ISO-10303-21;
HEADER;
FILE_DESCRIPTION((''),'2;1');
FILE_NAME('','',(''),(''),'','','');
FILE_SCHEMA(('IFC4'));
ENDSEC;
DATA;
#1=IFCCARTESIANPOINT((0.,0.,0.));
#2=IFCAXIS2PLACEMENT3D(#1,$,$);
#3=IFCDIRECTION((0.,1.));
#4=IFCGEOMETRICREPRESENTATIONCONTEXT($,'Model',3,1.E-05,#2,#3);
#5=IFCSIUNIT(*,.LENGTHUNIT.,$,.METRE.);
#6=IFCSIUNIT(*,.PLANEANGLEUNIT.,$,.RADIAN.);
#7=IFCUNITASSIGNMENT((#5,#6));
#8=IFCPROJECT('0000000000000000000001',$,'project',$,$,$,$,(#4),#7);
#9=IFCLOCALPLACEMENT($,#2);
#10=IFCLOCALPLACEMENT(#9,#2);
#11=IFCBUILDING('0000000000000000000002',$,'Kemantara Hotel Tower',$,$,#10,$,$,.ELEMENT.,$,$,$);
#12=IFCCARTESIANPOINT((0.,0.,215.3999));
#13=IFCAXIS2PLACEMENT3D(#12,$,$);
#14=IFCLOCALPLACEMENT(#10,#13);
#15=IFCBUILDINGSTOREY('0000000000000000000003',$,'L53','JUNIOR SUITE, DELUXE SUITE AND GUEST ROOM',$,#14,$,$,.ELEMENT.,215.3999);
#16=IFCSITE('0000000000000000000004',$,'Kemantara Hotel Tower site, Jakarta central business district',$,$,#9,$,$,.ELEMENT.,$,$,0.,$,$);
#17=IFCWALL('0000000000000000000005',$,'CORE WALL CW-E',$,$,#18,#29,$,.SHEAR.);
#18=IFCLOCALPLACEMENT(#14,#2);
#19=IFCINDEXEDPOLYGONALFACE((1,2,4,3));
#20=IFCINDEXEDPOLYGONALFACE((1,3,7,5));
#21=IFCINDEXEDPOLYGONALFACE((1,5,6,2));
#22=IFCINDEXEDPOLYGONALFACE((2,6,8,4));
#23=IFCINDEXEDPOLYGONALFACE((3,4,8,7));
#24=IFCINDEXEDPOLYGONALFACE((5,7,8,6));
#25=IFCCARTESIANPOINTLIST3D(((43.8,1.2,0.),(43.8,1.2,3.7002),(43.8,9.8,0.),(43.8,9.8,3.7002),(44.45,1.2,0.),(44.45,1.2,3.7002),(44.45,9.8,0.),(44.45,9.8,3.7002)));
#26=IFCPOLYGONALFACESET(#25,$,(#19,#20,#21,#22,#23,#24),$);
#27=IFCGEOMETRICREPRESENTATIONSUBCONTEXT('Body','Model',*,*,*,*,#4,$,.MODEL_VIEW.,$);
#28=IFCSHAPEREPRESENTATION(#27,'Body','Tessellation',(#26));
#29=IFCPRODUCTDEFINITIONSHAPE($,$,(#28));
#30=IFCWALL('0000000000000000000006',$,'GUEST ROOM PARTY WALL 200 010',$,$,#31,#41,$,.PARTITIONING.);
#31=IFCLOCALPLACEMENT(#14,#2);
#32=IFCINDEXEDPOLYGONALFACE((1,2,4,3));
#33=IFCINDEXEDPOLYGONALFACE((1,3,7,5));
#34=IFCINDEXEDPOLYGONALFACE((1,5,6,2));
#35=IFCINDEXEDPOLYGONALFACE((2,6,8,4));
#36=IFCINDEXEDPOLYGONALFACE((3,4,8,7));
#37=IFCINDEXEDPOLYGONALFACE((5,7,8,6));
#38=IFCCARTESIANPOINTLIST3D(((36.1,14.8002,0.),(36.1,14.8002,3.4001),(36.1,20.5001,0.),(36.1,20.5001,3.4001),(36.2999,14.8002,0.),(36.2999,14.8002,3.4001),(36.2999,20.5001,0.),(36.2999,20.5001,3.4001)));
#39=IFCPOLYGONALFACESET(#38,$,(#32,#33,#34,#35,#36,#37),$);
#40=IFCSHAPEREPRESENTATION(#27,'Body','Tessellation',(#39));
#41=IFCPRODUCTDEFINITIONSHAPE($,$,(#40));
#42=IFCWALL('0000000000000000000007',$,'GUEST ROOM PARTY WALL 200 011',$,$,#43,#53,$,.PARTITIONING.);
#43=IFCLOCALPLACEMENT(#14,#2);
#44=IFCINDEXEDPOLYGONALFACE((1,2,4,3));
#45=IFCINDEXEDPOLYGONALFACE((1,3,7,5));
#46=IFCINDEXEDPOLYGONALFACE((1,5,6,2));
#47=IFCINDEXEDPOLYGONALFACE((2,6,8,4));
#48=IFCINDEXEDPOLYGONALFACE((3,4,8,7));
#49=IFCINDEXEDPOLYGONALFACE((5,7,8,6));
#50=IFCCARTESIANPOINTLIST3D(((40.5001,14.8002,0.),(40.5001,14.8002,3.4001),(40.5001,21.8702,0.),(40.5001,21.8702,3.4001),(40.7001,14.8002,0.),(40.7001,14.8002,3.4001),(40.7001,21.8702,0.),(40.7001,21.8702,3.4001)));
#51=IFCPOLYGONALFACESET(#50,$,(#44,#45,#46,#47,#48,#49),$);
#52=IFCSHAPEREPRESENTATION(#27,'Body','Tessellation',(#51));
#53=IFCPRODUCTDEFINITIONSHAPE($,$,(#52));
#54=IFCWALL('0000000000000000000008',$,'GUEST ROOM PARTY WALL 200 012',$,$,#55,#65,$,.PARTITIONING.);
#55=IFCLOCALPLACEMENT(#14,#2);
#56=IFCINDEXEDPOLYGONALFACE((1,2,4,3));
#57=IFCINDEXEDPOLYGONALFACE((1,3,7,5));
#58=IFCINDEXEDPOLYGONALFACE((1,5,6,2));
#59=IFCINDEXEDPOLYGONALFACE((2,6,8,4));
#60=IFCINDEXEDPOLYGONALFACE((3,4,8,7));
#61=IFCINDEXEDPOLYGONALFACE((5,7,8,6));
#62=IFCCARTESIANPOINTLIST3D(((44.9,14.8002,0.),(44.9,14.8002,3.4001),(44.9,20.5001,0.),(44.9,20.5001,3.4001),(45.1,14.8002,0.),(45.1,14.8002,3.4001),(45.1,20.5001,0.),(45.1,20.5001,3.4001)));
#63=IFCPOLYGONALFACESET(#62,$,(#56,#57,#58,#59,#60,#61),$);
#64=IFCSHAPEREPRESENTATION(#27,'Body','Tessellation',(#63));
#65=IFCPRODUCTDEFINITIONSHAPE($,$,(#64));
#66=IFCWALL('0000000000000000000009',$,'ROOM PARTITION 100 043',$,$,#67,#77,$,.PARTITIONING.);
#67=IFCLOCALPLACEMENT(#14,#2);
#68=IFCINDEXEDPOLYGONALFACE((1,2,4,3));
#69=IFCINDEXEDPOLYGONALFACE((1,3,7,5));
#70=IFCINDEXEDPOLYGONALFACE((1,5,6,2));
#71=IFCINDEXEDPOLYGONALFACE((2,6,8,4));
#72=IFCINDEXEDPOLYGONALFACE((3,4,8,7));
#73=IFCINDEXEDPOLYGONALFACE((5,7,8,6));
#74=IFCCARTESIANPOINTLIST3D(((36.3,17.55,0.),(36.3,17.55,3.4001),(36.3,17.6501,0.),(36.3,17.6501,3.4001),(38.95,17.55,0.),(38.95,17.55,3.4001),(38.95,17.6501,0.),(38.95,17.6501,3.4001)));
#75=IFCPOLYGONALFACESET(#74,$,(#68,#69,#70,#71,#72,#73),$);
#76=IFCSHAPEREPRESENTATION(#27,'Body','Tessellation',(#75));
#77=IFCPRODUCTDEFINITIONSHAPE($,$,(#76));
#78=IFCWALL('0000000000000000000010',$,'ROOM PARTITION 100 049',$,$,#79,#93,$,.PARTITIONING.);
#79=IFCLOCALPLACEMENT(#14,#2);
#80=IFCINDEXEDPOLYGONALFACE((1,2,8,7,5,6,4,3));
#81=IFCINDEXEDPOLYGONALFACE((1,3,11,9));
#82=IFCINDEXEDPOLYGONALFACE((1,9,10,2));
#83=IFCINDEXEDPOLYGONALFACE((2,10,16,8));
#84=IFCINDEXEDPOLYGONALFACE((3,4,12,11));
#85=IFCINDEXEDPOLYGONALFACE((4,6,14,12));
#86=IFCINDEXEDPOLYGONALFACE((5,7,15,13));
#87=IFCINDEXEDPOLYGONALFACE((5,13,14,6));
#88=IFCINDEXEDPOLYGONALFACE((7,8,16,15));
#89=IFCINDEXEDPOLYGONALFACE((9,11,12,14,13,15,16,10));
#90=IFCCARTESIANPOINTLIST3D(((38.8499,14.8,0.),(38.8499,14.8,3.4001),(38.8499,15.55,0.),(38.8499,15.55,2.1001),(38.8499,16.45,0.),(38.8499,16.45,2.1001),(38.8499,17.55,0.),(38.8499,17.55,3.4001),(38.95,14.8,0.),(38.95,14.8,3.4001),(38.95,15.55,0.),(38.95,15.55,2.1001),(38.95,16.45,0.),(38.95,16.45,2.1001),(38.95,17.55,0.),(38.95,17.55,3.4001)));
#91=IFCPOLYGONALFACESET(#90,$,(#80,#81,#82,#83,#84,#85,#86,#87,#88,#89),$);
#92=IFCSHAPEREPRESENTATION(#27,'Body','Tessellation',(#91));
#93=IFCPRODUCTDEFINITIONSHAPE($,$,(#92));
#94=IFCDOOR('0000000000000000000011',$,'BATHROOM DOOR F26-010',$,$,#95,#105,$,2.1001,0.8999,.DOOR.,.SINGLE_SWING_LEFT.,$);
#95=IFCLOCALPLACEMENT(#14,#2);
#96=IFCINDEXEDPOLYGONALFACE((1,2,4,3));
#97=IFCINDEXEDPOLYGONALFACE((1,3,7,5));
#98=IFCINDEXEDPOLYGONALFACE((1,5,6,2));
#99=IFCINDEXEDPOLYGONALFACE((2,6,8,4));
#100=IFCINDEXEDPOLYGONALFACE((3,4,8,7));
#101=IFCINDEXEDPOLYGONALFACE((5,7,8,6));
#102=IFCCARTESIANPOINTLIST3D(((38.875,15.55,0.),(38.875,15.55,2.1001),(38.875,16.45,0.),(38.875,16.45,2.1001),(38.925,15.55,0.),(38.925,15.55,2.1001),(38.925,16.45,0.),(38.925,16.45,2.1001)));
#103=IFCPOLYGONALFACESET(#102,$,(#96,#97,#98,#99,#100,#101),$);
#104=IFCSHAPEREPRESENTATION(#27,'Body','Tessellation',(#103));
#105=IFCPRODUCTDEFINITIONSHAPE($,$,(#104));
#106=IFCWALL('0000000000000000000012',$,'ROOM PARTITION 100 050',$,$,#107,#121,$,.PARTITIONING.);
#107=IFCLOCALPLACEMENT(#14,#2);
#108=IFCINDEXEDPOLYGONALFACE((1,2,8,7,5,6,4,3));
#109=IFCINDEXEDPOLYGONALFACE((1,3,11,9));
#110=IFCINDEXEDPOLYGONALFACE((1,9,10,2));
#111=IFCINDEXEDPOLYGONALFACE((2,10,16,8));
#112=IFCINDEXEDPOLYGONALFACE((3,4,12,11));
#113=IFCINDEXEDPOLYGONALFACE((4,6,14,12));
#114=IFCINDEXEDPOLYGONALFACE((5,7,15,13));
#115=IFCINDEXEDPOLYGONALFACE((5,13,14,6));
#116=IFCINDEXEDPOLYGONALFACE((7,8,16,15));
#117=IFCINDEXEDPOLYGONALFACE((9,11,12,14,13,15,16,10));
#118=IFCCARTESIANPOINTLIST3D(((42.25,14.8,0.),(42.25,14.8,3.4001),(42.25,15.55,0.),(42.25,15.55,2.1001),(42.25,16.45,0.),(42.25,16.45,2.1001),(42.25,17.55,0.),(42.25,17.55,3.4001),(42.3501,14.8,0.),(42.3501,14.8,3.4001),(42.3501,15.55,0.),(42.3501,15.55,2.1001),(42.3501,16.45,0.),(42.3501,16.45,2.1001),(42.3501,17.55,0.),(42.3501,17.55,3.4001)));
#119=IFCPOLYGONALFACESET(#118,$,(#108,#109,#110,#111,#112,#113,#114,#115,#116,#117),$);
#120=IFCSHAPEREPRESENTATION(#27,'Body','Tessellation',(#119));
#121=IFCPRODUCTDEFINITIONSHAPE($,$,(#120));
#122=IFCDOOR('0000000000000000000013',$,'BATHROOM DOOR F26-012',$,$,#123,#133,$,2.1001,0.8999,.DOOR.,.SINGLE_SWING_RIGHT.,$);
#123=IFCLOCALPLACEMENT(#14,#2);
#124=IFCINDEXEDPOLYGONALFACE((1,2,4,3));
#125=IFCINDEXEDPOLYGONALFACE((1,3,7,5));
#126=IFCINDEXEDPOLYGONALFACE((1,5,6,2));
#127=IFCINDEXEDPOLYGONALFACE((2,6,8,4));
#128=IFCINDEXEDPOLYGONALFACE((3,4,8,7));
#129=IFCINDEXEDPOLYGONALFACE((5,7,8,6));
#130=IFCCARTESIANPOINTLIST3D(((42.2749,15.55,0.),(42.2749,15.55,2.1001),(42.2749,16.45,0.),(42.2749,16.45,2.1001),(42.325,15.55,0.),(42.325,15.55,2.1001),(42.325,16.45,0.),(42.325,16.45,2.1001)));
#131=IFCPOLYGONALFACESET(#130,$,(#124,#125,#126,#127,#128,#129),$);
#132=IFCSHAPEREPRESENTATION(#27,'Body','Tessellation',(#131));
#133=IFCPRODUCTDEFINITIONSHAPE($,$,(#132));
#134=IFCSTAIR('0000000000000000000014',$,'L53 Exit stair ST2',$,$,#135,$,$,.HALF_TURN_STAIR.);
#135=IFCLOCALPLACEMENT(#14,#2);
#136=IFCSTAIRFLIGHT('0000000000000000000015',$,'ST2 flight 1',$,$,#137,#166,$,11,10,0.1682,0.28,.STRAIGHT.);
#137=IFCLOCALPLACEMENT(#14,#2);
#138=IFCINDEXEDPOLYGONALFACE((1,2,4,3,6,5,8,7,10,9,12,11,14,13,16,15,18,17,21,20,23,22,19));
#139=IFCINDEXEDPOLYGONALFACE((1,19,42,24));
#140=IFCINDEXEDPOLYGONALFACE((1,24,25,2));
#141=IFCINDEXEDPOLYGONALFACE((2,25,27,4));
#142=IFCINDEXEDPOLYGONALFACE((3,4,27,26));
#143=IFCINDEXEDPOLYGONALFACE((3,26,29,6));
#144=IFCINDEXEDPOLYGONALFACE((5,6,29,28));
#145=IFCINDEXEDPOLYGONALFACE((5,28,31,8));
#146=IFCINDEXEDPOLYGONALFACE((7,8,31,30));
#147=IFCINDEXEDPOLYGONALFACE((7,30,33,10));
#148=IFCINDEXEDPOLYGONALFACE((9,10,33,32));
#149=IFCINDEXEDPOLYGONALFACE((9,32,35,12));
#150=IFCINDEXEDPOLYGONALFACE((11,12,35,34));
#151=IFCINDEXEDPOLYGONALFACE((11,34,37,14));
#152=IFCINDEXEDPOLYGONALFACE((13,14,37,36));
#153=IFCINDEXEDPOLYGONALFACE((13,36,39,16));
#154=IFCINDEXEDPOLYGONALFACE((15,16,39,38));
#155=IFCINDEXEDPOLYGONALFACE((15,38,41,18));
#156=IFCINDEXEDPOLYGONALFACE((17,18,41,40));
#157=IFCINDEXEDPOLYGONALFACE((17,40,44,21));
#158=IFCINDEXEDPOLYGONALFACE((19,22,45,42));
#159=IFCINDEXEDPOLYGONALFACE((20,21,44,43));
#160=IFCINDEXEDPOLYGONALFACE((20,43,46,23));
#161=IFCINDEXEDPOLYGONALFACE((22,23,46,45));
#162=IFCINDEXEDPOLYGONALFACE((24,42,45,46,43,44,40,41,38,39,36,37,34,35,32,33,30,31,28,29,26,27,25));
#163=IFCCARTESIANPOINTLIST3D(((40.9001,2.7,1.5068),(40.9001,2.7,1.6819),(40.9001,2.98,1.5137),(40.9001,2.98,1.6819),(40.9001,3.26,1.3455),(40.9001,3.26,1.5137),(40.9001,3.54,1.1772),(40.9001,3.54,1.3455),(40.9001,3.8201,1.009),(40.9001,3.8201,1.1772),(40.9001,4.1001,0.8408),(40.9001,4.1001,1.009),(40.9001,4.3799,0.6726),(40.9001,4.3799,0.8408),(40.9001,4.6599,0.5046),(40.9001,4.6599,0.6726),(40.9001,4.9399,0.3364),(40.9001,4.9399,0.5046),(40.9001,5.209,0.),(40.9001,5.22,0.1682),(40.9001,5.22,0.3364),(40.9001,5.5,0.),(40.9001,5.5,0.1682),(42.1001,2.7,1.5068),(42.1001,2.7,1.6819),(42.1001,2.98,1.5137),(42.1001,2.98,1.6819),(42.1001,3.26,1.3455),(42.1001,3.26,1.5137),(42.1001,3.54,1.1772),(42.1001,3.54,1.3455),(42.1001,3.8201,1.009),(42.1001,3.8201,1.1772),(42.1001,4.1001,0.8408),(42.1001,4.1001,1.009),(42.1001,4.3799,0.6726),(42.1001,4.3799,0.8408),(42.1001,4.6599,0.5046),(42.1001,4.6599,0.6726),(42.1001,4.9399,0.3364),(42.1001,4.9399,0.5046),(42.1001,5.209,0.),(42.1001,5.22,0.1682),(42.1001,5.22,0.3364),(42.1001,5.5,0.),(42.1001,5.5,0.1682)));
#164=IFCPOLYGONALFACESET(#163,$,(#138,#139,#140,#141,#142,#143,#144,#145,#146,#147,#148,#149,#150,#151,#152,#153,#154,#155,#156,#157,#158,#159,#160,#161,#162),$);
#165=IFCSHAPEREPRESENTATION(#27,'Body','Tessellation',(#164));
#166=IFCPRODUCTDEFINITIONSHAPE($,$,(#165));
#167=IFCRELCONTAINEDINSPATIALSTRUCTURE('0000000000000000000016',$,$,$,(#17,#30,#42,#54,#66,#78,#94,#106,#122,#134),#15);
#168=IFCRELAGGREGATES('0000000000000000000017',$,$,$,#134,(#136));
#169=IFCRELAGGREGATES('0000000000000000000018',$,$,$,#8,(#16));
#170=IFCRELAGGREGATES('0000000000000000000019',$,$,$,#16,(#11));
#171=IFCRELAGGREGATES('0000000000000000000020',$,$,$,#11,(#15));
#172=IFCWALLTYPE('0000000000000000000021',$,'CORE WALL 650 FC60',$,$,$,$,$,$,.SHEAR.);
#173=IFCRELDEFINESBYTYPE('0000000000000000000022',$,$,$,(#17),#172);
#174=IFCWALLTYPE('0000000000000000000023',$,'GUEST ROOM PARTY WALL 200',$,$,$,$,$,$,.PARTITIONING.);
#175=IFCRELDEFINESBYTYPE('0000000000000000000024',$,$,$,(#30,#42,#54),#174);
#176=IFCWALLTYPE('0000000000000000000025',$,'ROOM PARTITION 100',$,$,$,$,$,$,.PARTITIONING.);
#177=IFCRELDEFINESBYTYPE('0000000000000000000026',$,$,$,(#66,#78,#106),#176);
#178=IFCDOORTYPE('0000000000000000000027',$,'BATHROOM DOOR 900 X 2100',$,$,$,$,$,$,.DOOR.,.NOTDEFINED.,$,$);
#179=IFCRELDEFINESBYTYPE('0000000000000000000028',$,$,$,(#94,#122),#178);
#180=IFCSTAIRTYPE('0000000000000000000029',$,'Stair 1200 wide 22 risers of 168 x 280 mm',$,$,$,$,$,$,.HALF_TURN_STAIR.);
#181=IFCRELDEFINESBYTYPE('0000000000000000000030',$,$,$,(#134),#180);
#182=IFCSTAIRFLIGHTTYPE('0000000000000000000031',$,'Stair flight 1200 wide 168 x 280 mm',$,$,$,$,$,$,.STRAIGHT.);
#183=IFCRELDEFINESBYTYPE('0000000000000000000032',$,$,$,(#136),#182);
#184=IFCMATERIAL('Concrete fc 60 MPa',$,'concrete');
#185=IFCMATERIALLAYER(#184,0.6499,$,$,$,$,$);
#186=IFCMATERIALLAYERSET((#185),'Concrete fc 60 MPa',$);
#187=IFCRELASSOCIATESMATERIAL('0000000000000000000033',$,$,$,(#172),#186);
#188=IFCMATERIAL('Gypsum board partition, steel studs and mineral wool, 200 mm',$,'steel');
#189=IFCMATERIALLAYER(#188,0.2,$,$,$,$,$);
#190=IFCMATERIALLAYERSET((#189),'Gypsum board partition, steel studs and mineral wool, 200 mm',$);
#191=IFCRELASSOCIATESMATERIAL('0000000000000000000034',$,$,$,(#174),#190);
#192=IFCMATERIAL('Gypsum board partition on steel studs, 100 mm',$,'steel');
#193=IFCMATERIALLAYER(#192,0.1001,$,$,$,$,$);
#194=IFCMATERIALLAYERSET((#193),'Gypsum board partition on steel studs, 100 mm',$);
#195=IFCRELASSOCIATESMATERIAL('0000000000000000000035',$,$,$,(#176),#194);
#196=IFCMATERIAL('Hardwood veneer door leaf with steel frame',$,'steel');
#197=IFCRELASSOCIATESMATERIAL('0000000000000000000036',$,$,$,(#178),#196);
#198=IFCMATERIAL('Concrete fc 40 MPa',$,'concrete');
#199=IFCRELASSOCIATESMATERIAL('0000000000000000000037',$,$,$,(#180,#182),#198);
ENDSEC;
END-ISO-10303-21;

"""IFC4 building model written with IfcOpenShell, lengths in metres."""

from ifc_helpers import new_model, si_unit, direction, frame, frame_2d, origin, place, context, subcontext, project, spatial, polyline, rectangle, outline, extrude, material, layer, layer_set, type_object, element, fill, aggregate, save


model = new_model("IFC4")

# Units and contexts
model_context = context("Model", 3, precision=1e-05, world=origin(), true_north=direction((0.0, 1.0)))
body_context = subcontext(model_context, "Body", "Model", "MODEL_VIEW")
ifc_project = project(units=[si_unit("LENGTHUNIT", "METRE"), si_unit("PLANEANGLEUNIT", "RADIAN")], contexts=[model_context])

# Site, building, storey
site_placement = place(None, origin())
site = spatial("IfcSite", under=ifc_project, at=site_placement, Name="Kemantara Hotel Tower site, Jakarta central business district", CompositionType="ELEMENT", RefElevation=0.0)
building_placement = place(site_placement, origin())
building = spatial("IfcBuilding", under=site, at=building_placement, Name="Kemantara Hotel Tower", CompositionType="ELEMENT")
storey_placement = place(building_placement, frame((0.0, 0.0, 215.3999)))
storey = spatial("IfcBuildingStorey", under=building, at=storey_placement, Name="L53", Description="JUNIOR SUITE, DELUXE SUITE AND GUEST ROOM", CompositionType="ELEMENT", Elevation=215.3999)

# Shared definitions
ifc_material_1 = material(Name="Concrete fc 60 MPa", Category="concrete")

# Walls
ifc_layer_1 = layer(ifc_material_1, 0.6499)
ifc_layer_set_1 = layer_set([ifc_layer_1], Name="Concrete fc 60 MPa")
wall_type_1 = type_object("IfcWallType", Name="CORE WALL 650 FC60", PredefinedType="SHEAR", material=ifc_layer_set_1)
wall_1_placement = place(storey_placement, frame((44.125, 1.2, 0.0), z_axis=(0.0, 0.0, 1.0), x_axis=(0.0, 1.0, 0.0)))
element("IfcWall", 1, at=wall_1_placement, inside=storey, type_object=wall_type_1, Name="CORE WALL CW-E", PredefinedType="SHEAR", context=body_context, shape_type="SweptSolid", body=[
    extrude(rectangle(XDim=8.6001, YDim=0.6499, at=frame_2d((4.3, 0.0))), origin(), (0.0, 0.0, 1.0), 3.7002),
])
ifc_material_2 = material(Name="Gypsum board partition, steel studs and mineral wool, 200 mm", Category="steel")
ifc_layer_2 = layer(ifc_material_2, 0.2)
ifc_layer_set_2 = layer_set([ifc_layer_2], Name="Gypsum board partition, steel studs and mineral wool, 200 mm")
wall_type_2 = type_object("IfcWallType", Name="GUEST ROOM PARTY WALL 200", PredefinedType="PARTITIONING", material=ifc_layer_set_2)
wall_2_placement = place(storey_placement, frame((36.2, 14.8, 0.0), z_axis=(0.0, 0.0, 1.0), x_axis=(0.0, 1.0, 0.0)))
element("IfcWall", 2, at=wall_2_placement, inside=storey, type_object=wall_type_2, Name="GUEST ROOM PARTY WALL 200 010", PredefinedType="PARTITIONING", context=body_context, shape_type="SweptSolid", body=[
    extrude(rectangle(XDim=5.7, YDim=0.2, at=frame_2d((2.8501, 0.0))), origin(), (0.0, 0.0, 1.0), 3.4001),
])
wall_3_placement = place(storey_placement, frame((40.6001, 14.8, 0.0), z_axis=(0.0, 0.0, 1.0), x_axis=(0.0, 1.0, 0.0)))
element("IfcWall", 3, at=wall_3_placement, inside=storey, type_object=wall_type_2, Name="GUEST ROOM PARTY WALL 200 011", PredefinedType="PARTITIONING", context=body_context, shape_type="SweptSolid", body=[
    extrude(rectangle(XDim=7.0701, YDim=0.2, at=frame_2d((3.5352, 0.0))), origin(), (0.0, 0.0, 1.0), 3.4001),
])
wall_4_placement = place(storey_placement, frame((45.0, 14.8, 0.0), z_axis=(0.0, 0.0, 1.0), x_axis=(0.0, 1.0, 0.0)))
element("IfcWall", 4, at=wall_4_placement, inside=storey, type_object=wall_type_2, Name="GUEST ROOM PARTY WALL 200 012", PredefinedType="PARTITIONING", context=body_context, shape_type="SweptSolid", body=[
    extrude(rectangle(XDim=5.7, YDim=0.2, at=frame_2d((2.8501, 0.0))), origin(), (0.0, 0.0, 1.0), 3.4001),
])
ifc_material_3 = material(Name="Gypsum board partition on steel studs, 100 mm", Category="steel")
ifc_layer_3 = layer(ifc_material_3, 0.1001)
ifc_layer_set_3 = layer_set([ifc_layer_3], Name="Gypsum board partition on steel studs, 100 mm")
wall_type_3 = type_object("IfcWallType", Name="ROOM PARTITION 100", PredefinedType="PARTITIONING", material=ifc_layer_set_3)
wall_5_placement = place(storey_placement, frame((36.3, 17.6001, 0.0), z_axis=(0.0, 0.0, 1.0), x_axis=(1.0, 0.0, 0.0)))
element("IfcWall", 5, at=wall_5_placement, inside=storey, type_object=wall_type_3, Name="ROOM PARTITION 100 043", PredefinedType="PARTITIONING", context=body_context, shape_type="SweptSolid", body=[
    extrude(rectangle(XDim=2.6499, YDim=0.1001, at=frame_2d((1.325, 0.0))), origin(), (0.0, 0.0, 1.0), 3.4001),
])

# Walls, openings, doors
wall_6_placement = place(storey_placement, frame((38.8999, 14.8, 0.0), z_axis=(0.0, 0.0, 1.0), x_axis=(0.0, 1.0, 0.0)))
wall_6 = element("IfcWall", 6, at=wall_6_placement, inside=storey, type_object=wall_type_3, Name="ROOM PARTITION 100 049", PredefinedType="PARTITIONING", context=body_context, shape_type="SweptSolid", body=[
    extrude(rectangle(XDim=2.75, YDim=0.1001, at=frame_2d((1.375, 0.0))), origin(), (0.0, 0.0, 1.0), 3.4001),
])
opening_1_placement = place(wall_6_placement, frame((0.75, 0.0, 0.0)))
opening_1 = element("IfcOpeningElement", 7, at=opening_1_placement, cuts=wall_6, PredefinedType="OPENING", context=body_context, shape_type="SweptSolid", body=[
    extrude(rectangle(XDim=0.8999, YDim=2.1001, at=frame_2d((0.45, 1.05))), frame((0.0, 0.0601, 0.0), z_axis=(0.0, -1.0, 0.0), x_axis=(1.0, 0.0, 0.0)), (0.0, 0.0, 1.0), 0.1201),
])
ifc_material_4 = material(Name="Hardwood veneer door leaf with steel frame", Category="steel")
door_type_1 = type_object("IfcDoorType", Name="BATHROOM DOOR 900 X 2100", OperationType="NOTDEFINED", PredefinedType="DOOR", material=ifc_material_4)
door_1_placement = place(opening_1_placement, origin())
door_1 = element("IfcDoor", 8, at=door_1_placement, inside=storey, type_object=door_type_1, Name="BATHROOM DOOR F26-010", OperationType="SINGLE_SWING_LEFT", OverallHeight=2.1001, OverallWidth=0.8999, PredefinedType="DOOR", context=body_context, shape_type="SweptSolid", body=[
    extrude(rectangle(XDim=0.8999, YDim=2.1001, at=frame_2d((0.45, 1.05))), frame((0.0, 0.0249, 0.0), z_axis=(0.0, -1.0, 0.0), x_axis=(1.0, 0.0, 0.0)), (0.0, 0.0, 1.0), 0.05),
])
fill(opening_1, door_1)
wall_7_placement = place(storey_placement, frame((42.3, 17.55, 0.0), z_axis=(0.0, 0.0, 1.0), x_axis=(0.0, -1.0, 0.0)))
wall_7 = element("IfcWall", 9, at=wall_7_placement, inside=storey, type_object=wall_type_3, Name="ROOM PARTITION 100 050", PredefinedType="PARTITIONING", context=body_context, shape_type="SweptSolid", body=[
    extrude(rectangle(XDim=2.75, YDim=0.1001, at=frame_2d((1.375, 0.0))), origin(), (0.0, 0.0, 1.0), 3.4001),
])
opening_2_placement = place(wall_7_placement, frame((1.1001, 0.0, 0.0)))
opening_2 = element("IfcOpeningElement", 10, at=opening_2_placement, cuts=wall_7, PredefinedType="OPENING", context=body_context, shape_type="SweptSolid", body=[
    extrude(rectangle(XDim=0.8999, YDim=2.1001, at=frame_2d((0.45, 1.05))), frame((0.0, 0.0601, 0.0), z_axis=(0.0, -1.0, 0.0), x_axis=(1.0, 0.0, 0.0)), (0.0, 0.0, 1.0), 0.1201),
])
door_2_placement = place(opening_2_placement, origin())
door_2 = element("IfcDoor", 11, at=door_2_placement, inside=storey, type_object=door_type_1, Name="BATHROOM DOOR F26-012", OperationType="SINGLE_SWING_RIGHT", OverallHeight=2.1001, OverallWidth=0.8999, PredefinedType="DOOR", context=body_context, shape_type="SweptSolid", body=[
    extrude(rectangle(XDim=0.8999, YDim=2.1001, at=frame_2d((0.45, 1.05))), frame((0.0, 0.0249, 0.0), z_axis=(0.0, -1.0, 0.0), x_axis=(1.0, 0.0, 0.0)), (0.0, 0.0, 1.0), 0.05),
])
fill(opening_2, door_2)

# Stair, stair flight
ifc_material_5 = material(Name="Concrete fc 40 MPa", Category="concrete")
stair_type = type_object("IfcStairType", Name="Stair 1200 wide 22 risers of 168 x 280 mm", PredefinedType="HALF_TURN_STAIR", material=ifc_material_5)
stair_placement = place(storey_placement, origin())
stair = element("IfcStair", 12, at=stair_placement, inside=storey, type_object=stair_type, Name="L53 Exit stair ST2", PredefinedType="HALF_TURN_STAIR")
stair_flight_type = type_object("IfcStairFlightType", Name="Stair flight 1200 wide 168 x 280 mm", PredefinedType="STRAIGHT", material=ifc_material_5)
stair_flight_1_placement = place(storey_placement, frame((41.5, 5.5, 0.0), z_axis=(0.0, 0.0, 1.0), x_axis=(0.0, -1.0, 0.0)))
stair_flight_1 = element("IfcStairFlight", 13, at=stair_flight_1_placement, type_object=stair_flight_type, Name="ST2 flight 1", NumberOfRisers=11, NumberOfTreads=10, PredefinedType="STRAIGHT", RiserHeight=0.1682, TreadLength=0.28, context=body_context, shape_type="SweptSolid", body=[
    extrude(outline(polyline([(0.0, 0.0), (0.0, 0.1682), (0.28, 0.1682), (0.28, 0.3364), (0.5601, 0.3364), (0.5601, 0.5046), (0.8401, 0.5046), (0.8401, 0.6726), (1.1201, 0.6726), (1.1201, 0.8408), (1.3999, 0.8408), (1.3999, 1.009), (1.6799, 1.009), (1.6799, 1.1772), (1.96, 1.1772), (1.96, 1.3455), (2.24, 1.3455), (2.24, 1.5137), (2.52, 1.5137), (2.52, 1.6819), (2.8, 1.6819), (2.8, 1.8501), (2.8, 1.5068), (0.291, 0.0), (0.0, 0.0)])), frame((0.0, 0.6001, 0.0), z_axis=(0.0, -1.0, 0.0), x_axis=(1.0, 0.0, 0.0)), (0.0, 0.0, 1.0), 1.2),
])
aggregate(stair, [stair_flight_1])

save(model, "model.ifc")
